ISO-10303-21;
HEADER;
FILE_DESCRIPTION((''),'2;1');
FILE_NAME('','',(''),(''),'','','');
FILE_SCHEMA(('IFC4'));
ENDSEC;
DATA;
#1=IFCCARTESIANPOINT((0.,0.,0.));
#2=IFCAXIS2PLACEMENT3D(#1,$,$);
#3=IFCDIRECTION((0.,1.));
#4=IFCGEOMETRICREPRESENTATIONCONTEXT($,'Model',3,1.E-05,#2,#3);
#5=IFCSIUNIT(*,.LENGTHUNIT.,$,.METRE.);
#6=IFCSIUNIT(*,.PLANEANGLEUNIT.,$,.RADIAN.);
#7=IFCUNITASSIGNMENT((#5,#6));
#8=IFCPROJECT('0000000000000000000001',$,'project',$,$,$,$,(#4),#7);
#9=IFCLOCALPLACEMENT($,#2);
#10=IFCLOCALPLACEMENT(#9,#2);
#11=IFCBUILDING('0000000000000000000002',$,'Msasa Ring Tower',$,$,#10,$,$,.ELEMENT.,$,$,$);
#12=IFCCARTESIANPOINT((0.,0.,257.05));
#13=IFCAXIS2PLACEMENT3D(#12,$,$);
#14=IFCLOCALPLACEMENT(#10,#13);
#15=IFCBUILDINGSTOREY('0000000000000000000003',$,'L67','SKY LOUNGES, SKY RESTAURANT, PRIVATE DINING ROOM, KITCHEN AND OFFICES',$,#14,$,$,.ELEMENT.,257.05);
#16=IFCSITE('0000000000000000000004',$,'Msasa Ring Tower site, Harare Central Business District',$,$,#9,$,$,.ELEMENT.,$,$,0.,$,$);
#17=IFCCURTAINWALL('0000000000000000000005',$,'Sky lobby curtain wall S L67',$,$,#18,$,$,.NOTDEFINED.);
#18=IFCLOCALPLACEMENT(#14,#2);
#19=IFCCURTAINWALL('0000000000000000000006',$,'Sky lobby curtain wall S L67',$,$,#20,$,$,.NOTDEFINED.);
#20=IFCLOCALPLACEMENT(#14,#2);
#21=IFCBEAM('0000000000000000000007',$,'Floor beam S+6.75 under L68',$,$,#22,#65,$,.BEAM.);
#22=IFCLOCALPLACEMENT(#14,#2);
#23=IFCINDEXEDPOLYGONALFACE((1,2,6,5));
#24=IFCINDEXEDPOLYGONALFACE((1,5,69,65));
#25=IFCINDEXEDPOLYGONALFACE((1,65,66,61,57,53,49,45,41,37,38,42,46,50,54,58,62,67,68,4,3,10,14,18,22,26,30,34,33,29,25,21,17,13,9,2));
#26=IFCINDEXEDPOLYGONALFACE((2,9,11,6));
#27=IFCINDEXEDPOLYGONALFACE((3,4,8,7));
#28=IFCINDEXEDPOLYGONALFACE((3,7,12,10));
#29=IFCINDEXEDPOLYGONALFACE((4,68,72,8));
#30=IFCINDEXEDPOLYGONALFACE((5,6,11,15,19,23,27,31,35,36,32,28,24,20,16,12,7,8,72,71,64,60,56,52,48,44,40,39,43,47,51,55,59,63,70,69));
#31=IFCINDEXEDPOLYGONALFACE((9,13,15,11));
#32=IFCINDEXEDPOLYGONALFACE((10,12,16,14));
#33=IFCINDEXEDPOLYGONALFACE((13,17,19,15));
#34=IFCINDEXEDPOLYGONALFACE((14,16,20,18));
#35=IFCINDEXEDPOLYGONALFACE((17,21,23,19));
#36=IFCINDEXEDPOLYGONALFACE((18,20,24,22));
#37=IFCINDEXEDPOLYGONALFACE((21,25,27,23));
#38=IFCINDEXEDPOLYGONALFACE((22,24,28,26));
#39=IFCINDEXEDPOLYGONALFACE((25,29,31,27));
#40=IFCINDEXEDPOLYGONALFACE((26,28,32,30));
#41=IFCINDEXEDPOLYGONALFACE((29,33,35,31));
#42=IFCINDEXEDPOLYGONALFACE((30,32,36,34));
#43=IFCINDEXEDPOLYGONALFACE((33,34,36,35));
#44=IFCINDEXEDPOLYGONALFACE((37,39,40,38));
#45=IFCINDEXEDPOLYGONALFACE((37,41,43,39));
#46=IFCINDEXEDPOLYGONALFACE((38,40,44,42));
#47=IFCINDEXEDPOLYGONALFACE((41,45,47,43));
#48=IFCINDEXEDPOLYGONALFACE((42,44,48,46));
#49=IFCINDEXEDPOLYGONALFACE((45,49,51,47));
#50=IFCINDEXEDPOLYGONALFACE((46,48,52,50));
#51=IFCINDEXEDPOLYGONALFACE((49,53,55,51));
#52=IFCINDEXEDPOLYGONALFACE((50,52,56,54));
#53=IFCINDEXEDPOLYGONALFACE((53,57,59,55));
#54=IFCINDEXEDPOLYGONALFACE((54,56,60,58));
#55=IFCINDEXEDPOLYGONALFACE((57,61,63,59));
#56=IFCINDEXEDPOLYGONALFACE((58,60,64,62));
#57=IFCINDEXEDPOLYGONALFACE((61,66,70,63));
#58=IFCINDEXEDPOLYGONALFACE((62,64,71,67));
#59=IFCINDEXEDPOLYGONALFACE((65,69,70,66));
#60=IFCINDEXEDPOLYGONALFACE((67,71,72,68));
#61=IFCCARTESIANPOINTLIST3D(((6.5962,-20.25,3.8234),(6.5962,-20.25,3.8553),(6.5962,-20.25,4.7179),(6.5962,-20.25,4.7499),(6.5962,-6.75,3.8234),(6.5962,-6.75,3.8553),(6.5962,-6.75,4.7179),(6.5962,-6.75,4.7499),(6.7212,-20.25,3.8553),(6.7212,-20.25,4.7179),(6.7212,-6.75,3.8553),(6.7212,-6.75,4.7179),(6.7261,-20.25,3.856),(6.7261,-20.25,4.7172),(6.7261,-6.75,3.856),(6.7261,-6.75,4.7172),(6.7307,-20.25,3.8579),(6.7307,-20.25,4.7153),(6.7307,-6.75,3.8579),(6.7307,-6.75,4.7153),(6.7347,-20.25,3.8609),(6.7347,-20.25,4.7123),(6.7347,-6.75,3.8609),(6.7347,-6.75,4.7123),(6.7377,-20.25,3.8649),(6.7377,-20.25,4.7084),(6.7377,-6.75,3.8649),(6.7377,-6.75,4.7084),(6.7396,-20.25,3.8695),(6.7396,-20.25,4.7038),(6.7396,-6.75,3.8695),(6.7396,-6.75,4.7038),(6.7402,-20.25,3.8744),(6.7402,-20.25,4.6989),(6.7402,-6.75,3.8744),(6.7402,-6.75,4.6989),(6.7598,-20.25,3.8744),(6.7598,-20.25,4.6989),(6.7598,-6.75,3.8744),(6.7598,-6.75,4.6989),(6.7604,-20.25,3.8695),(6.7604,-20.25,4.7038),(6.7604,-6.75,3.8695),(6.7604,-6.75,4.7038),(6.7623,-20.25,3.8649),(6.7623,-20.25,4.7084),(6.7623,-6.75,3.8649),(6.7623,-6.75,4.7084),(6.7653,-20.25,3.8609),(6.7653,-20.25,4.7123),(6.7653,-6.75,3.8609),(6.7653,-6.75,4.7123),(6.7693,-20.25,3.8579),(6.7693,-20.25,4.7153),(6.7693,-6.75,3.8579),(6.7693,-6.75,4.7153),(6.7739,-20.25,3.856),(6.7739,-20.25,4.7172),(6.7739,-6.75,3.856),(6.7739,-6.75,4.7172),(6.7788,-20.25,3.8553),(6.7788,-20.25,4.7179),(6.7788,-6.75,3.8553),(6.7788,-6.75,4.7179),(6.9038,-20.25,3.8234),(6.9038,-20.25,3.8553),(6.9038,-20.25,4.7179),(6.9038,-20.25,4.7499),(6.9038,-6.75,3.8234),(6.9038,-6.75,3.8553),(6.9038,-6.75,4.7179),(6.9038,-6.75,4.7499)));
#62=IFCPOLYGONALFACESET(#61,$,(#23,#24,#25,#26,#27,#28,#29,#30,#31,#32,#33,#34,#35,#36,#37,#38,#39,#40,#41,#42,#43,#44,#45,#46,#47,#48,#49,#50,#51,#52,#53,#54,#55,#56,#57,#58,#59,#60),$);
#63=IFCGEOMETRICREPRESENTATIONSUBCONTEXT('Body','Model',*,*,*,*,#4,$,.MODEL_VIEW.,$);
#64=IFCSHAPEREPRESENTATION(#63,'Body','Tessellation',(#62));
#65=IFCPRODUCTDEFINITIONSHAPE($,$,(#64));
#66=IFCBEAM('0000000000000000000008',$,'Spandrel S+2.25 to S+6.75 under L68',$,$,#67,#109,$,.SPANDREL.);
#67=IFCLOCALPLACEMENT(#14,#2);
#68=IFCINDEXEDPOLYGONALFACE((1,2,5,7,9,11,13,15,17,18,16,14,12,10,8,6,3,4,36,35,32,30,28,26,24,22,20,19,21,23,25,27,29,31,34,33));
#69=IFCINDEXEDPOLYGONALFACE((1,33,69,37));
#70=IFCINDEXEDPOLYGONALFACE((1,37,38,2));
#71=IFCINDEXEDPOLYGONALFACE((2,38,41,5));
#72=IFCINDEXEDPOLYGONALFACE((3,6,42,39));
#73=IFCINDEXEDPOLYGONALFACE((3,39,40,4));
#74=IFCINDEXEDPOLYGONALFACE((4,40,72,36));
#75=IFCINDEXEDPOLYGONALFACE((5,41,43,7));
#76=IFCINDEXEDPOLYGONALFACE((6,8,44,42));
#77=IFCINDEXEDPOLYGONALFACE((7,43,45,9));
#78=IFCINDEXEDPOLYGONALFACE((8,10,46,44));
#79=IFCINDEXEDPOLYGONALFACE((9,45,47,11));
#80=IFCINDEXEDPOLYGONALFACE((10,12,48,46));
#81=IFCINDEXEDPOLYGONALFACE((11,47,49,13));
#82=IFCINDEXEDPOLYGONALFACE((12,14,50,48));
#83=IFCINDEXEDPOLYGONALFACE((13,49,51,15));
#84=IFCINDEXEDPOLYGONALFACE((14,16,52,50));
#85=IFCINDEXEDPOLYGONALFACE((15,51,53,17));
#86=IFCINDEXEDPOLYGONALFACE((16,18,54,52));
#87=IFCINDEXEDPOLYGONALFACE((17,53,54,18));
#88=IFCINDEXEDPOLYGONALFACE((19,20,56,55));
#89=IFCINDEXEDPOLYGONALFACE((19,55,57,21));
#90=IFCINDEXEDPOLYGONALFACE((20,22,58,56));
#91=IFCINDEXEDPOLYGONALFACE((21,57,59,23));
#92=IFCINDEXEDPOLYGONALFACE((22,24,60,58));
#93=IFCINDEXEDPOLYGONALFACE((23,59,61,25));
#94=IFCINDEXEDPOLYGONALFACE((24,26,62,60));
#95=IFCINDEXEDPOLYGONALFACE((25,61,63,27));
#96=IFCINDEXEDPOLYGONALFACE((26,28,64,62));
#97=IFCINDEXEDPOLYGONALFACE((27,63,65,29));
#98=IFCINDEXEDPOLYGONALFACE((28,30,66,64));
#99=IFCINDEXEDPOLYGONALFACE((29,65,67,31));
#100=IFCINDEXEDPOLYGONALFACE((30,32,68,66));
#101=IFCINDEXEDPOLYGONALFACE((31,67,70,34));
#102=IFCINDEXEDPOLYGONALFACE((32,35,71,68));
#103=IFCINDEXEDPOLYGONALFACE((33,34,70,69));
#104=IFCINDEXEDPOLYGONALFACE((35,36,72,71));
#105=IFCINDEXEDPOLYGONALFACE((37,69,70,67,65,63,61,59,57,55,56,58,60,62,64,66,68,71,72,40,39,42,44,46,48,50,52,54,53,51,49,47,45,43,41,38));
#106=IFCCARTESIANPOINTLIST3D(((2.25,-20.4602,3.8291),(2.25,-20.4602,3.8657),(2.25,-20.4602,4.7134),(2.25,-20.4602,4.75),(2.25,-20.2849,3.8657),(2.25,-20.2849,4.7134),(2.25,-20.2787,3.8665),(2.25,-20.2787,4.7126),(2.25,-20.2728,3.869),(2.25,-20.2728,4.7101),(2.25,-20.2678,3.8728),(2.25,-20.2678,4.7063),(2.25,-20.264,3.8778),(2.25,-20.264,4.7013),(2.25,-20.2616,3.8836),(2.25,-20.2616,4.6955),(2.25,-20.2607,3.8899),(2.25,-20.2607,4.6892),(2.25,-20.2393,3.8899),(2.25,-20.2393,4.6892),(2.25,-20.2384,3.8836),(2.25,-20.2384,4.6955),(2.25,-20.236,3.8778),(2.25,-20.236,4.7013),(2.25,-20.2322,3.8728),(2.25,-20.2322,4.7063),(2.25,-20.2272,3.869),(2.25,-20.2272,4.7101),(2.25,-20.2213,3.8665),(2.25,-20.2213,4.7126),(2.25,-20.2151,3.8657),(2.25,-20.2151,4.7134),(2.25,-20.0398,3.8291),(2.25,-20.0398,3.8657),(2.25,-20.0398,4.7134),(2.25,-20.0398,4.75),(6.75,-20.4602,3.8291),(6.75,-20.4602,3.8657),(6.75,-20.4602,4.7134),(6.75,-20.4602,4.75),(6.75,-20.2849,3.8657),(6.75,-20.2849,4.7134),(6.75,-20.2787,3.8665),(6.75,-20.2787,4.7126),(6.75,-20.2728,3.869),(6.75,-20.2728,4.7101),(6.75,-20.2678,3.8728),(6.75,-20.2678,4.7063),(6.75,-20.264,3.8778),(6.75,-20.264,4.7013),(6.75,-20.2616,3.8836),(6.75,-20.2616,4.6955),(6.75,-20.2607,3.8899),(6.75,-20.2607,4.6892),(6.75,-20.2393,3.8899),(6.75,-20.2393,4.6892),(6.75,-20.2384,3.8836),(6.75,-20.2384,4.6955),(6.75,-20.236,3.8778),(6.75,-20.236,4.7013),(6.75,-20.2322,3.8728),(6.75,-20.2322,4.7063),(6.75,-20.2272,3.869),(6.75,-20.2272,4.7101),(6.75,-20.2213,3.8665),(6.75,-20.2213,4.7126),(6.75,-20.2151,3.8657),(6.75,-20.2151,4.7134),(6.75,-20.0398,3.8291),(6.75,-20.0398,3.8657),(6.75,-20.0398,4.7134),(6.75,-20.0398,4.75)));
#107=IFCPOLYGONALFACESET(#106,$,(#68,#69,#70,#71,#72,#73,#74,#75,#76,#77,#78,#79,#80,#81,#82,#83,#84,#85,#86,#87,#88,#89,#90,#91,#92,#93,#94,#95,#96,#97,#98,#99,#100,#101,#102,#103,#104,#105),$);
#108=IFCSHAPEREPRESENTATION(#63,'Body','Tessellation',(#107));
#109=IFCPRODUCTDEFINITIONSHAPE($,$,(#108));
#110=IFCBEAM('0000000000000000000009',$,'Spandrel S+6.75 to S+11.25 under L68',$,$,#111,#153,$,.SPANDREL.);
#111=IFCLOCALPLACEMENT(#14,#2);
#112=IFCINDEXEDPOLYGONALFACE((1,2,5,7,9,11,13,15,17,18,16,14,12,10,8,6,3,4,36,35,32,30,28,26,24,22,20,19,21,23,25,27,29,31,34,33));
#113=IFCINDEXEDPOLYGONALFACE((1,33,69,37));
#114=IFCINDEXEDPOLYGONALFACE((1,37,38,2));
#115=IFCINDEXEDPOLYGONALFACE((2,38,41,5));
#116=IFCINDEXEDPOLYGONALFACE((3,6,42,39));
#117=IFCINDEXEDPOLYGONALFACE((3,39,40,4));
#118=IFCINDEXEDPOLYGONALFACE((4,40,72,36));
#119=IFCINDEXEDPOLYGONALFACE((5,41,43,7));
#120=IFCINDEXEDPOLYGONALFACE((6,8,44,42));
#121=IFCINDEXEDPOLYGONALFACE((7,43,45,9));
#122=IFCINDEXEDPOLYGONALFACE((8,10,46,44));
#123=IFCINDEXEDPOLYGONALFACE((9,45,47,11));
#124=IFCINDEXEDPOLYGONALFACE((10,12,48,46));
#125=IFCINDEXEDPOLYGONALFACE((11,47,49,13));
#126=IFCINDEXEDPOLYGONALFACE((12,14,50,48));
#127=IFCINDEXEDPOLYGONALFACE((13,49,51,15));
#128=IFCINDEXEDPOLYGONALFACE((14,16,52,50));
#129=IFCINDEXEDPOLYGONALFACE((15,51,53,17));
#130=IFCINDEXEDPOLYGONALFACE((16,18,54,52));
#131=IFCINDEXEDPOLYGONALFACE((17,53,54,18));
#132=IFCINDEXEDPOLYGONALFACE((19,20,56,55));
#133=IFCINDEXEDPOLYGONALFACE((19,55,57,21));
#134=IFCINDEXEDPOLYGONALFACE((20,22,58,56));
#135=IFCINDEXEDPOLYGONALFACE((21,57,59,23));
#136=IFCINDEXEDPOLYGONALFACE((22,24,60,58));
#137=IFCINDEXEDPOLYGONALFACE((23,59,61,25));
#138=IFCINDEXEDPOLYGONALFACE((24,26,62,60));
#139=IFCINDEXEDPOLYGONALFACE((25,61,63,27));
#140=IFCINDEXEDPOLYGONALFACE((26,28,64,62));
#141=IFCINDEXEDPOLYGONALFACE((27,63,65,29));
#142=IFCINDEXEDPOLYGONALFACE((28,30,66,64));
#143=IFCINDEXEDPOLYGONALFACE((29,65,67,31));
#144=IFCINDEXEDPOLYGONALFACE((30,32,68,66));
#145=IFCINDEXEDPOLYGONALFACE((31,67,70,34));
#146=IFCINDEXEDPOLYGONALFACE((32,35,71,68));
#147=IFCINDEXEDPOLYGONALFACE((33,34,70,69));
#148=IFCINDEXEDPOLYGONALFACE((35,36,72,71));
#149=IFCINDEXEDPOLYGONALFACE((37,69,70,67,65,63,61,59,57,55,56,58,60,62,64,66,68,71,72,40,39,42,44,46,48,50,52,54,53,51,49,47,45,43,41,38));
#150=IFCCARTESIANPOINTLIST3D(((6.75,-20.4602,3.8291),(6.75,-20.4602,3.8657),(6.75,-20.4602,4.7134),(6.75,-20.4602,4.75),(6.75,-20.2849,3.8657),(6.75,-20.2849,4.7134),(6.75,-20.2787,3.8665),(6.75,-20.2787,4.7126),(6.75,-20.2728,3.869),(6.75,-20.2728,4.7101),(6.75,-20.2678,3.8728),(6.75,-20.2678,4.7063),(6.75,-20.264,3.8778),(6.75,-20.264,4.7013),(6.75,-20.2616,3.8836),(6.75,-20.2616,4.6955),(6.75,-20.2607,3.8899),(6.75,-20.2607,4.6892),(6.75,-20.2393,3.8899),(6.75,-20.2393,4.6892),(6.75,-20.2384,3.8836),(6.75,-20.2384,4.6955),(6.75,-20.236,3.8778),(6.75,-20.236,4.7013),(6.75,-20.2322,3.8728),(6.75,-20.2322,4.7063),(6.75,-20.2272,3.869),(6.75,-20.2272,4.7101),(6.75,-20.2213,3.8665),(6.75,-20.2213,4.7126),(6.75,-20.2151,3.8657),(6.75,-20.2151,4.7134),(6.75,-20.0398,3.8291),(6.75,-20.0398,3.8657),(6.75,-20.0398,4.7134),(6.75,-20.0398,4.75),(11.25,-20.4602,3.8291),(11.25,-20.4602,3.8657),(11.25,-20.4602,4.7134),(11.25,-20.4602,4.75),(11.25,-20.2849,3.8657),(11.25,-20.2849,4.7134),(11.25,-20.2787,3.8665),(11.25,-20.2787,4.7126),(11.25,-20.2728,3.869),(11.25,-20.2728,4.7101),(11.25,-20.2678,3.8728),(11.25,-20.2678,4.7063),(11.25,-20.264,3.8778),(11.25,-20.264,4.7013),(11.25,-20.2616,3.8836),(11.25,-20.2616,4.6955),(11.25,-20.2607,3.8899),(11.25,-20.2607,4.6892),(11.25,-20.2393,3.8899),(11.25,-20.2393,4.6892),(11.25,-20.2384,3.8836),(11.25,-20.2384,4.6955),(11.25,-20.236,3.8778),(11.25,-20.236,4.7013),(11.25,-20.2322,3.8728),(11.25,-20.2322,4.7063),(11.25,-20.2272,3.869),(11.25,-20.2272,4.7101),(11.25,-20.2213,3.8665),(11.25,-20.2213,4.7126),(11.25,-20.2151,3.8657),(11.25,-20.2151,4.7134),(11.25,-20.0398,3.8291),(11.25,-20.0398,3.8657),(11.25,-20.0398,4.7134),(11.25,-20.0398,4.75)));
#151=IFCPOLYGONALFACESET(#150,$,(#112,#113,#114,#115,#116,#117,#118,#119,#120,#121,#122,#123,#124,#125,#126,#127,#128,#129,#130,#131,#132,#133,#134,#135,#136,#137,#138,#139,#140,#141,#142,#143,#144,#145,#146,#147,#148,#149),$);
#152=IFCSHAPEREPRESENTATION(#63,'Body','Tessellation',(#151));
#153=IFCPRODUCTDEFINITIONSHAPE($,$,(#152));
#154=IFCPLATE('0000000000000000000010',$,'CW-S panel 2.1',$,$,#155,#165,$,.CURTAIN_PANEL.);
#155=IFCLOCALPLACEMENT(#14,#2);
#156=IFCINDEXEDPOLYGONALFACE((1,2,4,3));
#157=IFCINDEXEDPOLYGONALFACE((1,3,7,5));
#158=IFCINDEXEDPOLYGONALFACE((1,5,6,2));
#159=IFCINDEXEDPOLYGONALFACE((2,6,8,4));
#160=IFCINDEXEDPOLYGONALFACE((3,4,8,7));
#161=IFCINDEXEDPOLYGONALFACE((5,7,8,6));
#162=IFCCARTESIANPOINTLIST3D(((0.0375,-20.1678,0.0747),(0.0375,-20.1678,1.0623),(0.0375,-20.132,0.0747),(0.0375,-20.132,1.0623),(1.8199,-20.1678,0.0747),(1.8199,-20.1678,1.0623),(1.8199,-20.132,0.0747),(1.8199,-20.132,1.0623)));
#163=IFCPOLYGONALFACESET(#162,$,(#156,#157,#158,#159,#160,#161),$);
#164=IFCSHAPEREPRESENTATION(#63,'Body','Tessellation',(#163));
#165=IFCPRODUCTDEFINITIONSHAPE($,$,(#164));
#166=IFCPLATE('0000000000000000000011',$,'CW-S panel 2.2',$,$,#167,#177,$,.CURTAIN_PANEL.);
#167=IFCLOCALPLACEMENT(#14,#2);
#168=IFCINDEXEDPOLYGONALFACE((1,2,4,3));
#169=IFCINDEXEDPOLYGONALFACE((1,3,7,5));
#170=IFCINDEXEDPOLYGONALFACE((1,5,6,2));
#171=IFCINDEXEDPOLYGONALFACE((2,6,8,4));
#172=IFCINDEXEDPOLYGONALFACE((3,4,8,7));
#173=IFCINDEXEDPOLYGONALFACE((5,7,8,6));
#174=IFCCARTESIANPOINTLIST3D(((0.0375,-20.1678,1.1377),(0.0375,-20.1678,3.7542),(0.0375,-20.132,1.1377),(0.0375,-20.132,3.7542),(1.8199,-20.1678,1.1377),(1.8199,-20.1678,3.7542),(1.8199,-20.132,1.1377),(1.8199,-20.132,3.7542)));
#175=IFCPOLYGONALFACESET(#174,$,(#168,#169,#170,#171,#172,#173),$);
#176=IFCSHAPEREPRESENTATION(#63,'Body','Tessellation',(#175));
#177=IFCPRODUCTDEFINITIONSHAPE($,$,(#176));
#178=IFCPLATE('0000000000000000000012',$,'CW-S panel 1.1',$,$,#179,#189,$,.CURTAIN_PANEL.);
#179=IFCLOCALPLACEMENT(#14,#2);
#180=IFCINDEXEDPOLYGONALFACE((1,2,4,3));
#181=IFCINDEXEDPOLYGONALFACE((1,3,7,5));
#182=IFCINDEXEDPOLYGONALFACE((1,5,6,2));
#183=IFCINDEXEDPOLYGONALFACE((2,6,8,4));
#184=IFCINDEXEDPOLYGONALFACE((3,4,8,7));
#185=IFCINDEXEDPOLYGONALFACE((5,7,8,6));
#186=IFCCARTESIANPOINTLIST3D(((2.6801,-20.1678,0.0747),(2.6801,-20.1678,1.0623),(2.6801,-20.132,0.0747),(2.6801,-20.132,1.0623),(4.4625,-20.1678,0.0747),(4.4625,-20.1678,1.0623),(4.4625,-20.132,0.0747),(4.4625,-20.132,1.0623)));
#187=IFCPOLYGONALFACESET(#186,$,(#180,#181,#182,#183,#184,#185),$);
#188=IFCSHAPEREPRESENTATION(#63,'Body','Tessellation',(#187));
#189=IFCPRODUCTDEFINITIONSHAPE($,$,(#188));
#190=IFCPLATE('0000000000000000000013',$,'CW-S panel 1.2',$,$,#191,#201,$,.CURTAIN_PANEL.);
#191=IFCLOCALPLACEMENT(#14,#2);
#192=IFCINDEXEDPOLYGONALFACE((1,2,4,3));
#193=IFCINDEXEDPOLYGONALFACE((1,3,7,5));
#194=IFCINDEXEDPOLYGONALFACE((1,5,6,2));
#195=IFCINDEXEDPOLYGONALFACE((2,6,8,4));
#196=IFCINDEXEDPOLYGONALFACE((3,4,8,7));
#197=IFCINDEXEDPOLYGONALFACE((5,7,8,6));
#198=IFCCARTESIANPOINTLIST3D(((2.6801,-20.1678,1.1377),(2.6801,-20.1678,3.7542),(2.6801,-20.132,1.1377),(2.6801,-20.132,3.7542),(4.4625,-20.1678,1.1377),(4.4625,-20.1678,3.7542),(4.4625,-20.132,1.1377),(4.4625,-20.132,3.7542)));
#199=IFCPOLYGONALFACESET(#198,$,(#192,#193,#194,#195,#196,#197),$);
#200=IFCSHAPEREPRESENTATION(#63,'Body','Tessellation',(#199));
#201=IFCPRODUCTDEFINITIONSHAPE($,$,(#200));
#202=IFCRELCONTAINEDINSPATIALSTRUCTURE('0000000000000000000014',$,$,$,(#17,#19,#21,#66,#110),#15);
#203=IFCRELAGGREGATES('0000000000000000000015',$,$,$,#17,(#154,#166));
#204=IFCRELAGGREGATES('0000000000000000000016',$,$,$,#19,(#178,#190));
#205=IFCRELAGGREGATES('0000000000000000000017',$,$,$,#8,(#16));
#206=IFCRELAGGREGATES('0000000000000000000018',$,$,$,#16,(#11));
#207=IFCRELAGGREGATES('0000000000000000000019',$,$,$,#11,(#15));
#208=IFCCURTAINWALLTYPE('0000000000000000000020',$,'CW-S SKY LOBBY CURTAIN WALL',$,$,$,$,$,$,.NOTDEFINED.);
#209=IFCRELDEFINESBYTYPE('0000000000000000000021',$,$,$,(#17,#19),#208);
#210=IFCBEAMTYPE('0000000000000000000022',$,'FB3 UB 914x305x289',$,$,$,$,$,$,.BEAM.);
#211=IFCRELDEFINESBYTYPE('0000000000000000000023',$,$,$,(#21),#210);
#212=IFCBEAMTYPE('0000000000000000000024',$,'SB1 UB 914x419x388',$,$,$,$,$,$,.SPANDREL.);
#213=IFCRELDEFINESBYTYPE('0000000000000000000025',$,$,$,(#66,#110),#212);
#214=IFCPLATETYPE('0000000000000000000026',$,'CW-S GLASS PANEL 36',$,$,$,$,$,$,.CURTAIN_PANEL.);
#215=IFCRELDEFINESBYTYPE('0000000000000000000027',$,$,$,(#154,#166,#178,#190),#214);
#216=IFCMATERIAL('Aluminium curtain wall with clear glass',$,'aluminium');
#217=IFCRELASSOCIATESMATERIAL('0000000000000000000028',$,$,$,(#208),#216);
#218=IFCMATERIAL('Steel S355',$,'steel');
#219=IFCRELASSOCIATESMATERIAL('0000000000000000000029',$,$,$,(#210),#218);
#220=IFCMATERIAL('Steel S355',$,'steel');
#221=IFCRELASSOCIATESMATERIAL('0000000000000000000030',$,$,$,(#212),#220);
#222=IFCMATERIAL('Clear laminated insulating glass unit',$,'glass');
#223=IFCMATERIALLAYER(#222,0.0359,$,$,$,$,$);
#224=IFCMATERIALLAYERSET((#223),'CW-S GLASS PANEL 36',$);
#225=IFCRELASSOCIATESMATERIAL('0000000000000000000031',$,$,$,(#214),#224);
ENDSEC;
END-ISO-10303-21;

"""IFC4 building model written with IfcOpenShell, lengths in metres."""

from ifc_helpers import new_model, si_unit, direction, frame, origin, origin_2d, place, context, subcontext, project, spatial, rectangle, i_section, extrude, material, layer, layer_set, material_profile, profile_set, type_object, element, aggregate, save


model = new_model("IFC4")

# Units and contexts
model_context = context("Model", 3, precision=1e-05, world=origin(), true_north=direction((0.0, 1.0)))
body_context = subcontext(model_context, "Body", "Model", "MODEL_VIEW")
ifc_project = project(units=[si_unit("LENGTHUNIT", "METRE"), si_unit("PLANEANGLEUNIT", "RADIAN")], contexts=[model_context])

# Site, building, storey
site_placement = place(None, origin())
site = spatial("IfcSite", under=ifc_project, at=site_placement, Name="Msasa Ring Tower site, Harare Central Business District", CompositionType="ELEMENT", RefElevation=0.0)
building_placement = place(site_placement, origin())
building = spatial("IfcBuilding", under=site, at=building_placement, Name="Msasa Ring Tower", CompositionType="ELEMENT")
storey_placement = place(building_placement, frame((0.0, 0.0, 257.05)))
storey = spatial("IfcBuildingStorey", under=building, at=storey_placement, Name="L67", Description="SKY LOUNGES, SKY RESTAURANT, PRIVATE DINING ROOM, KITCHEN AND OFFICES", CompositionType="ELEMENT", Elevation=257.05)

# Curtain wall
ifc_material_1 = material(Name="Aluminium curtain wall with clear glass", Category="aluminium")
curtain_wall_type = type_object("IfcCurtainWallType", Name="CW-S SKY LOBBY CURTAIN WALL", PredefinedType="NOTDEFINED", material=ifc_material_1)
curtain_wall_1_placement = place(storey_placement, origin())
curtain_wall_1 = element("IfcCurtainWall", 1, at=curtain_wall_1_placement, inside=storey, type_object=curtain_wall_type, Name="Sky lobby curtain wall S L67", PredefinedType="NOTDEFINED")

# Curtain wall
curtain_wall_2_placement = place(storey_placement, origin())
curtain_wall_2 = element("IfcCurtainWall", 2, at=curtain_wall_2_placement, inside=storey, type_object=curtain_wall_type, Name="Sky lobby curtain wall S L67", PredefinedType="NOTDEFINED")

# Beams
ifc_material_2 = material(Name="Steel S355", Category="steel")
ifc_material_profile_1 = material_profile(ifc_material_2, i_section(OverallWidth=0.3076, OverallDepth=0.9265, WebThickness=0.0195, FlangeThickness=0.032, FilletRadius=0.019, at=origin_2d()), Name="UB 914x305x289")
ifc_profile_set_1 = profile_set([ifc_material_profile_1], Name="Steel S355")
beam_type_1 = type_object("IfcBeamType", Name="FB3 UB 914x305x289", PredefinedType="BEAM", material=ifc_profile_set_1)
for number, where, z_axis, x_axis, name in (
    (3, (6.75, -20.25, 4.2866), (0.0, 1.0, 0.0), (-1.0, 0.0, 0.0), "Floor beam S+6.75 under L68"),
):
    element("IfcBeam", number, at=place(storey_placement, frame(where, z_axis=z_axis, x_axis=x_axis)), inside=storey, type_object=beam_type_1, Name=name, PredefinedType="BEAM", context=body_context, shape_type="SweptSolid", body=[
        extrude(i_section(OverallWidth=0.3076, OverallDepth=0.9265, WebThickness=0.0195, FlangeThickness=0.032, FilletRadius=0.019, at=origin_2d()), origin(), (0.0, 0.0, 1.0), 13.5),
    ])
ifc_material_3 = material(Name="Steel S355", Category="steel")
ifc_material_profile_2 = material_profile(ifc_material_3, i_section(OverallWidth=0.4204, OverallDepth=0.9209, WebThickness=0.0215, FlangeThickness=0.0366, FilletRadius=0.0242, at=origin_2d()), Name="UB 914x419x388")
ifc_profile_set_2 = profile_set([ifc_material_profile_2], Name="Steel S355")
beam_type_2 = type_object("IfcBeamType", Name="SB1 UB 914x419x388", PredefinedType="SPANDREL", material=ifc_profile_set_2)
for number, where, z_axis, x_axis, name in (
    (4, (2.25, -20.25, 4.2896), (1.0, 0.0, 0.0), (0.0, 1.0, 0.0), "Spandrel S+2.25 to S+6.75 under L68"),
    (5, (6.75, -20.25, 4.2896), (1.0, 0.0, 0.0), (0.0, 1.0, 0.0), "Spandrel S+6.75 to S+11.25 under L68"),
):
    element("IfcBeam", number, at=place(storey_placement, frame(where, z_axis=z_axis, x_axis=x_axis)), inside=storey, type_object=beam_type_2, Name=name, PredefinedType="SPANDREL", context=body_context, shape_type="SweptSolid", body=[
        extrude(i_section(OverallWidth=0.4204, OverallDepth=0.9209, WebThickness=0.0215, FlangeThickness=0.0366, FilletRadius=0.0242, at=origin_2d()), origin(), (0.0, 0.0, 1.0), 4.5),
    ])

# Plates
ifc_material_4 = material(Name="Clear laminated insulating glass unit", Category="glass")
ifc_layer = layer(ifc_material_4, 0.0359)
ifc_layer_set = layer_set([ifc_layer], Name="CW-S GLASS PANEL 36")
plate_type = type_object("IfcPlateType", Name="CW-S GLASS PANEL 36", PredefinedType="CURTAIN_PANEL", material=ifc_layer_set)
plate_1_placement = place(storey_placement, frame((0.9287, -20.1499, 0.0747), z_axis=(0.0, 0.0, 1.0), x_axis=(1.0, 0.0, 0.0)))
plate_1 = element("IfcPlate", 6, at=plate_1_placement, type_object=plate_type, Name="CW-S panel 2.1", PredefinedType="CURTAIN_PANEL", context=body_context, shape_type="SweptSolid", body=[
    extrude(rectangle(XDim=1.7825, YDim=0.0359, at=origin_2d()), origin(), (0.0, 0.0, 1.0), 0.9875),
])
plate_2_placement = place(storey_placement, frame((0.9287, -20.1499, 1.1377), z_axis=(0.0, 0.0, 1.0), x_axis=(1.0, 0.0, 0.0)))
plate_2 = element("IfcPlate", 7, at=plate_2_placement, type_object=plate_type, Name="CW-S panel 2.2", PredefinedType="CURTAIN_PANEL", context=body_context, shape_type="SweptSolid", body=[
    extrude(rectangle(XDim=1.7825, YDim=0.0359, at=origin_2d()), origin(), (0.0, 0.0, 1.0), 2.6165),
])
aggregate(curtain_wall_1, [plate_1, plate_2])
plate_3_placement = place(storey_placement, frame((3.5713, -20.1499, 0.0747), z_axis=(0.0, 0.0, 1.0), x_axis=(1.0, 0.0, 0.0)))
plate_3 = element("IfcPlate", 8, at=plate_3_placement, type_object=plate_type, Name="CW-S panel 1.1", PredefinedType="CURTAIN_PANEL", context=body_context, shape_type="SweptSolid", body=[
    extrude(rectangle(XDim=1.7825, YDim=0.0359, at=origin_2d()), origin(), (0.0, 0.0, 1.0), 0.9875),
])
plate_4_placement = place(storey_placement, frame((3.5713, -20.1499, 1.1377), z_axis=(0.0, 0.0, 1.0), x_axis=(1.0, 0.0, 0.0)))
plate_4 = element("IfcPlate", 9, at=plate_4_placement, type_object=plate_type, Name="CW-S panel 1.2", PredefinedType="CURTAIN_PANEL", context=body_context, shape_type="SweptSolid", body=[
    extrude(rectangle(XDim=1.7825, YDim=0.0359, at=origin_2d()), origin(), (0.0, 0.0, 1.0), 2.6165),
])
aggregate(curtain_wall_2, [plate_3, plate_4])

save(model, "model.ifc")
